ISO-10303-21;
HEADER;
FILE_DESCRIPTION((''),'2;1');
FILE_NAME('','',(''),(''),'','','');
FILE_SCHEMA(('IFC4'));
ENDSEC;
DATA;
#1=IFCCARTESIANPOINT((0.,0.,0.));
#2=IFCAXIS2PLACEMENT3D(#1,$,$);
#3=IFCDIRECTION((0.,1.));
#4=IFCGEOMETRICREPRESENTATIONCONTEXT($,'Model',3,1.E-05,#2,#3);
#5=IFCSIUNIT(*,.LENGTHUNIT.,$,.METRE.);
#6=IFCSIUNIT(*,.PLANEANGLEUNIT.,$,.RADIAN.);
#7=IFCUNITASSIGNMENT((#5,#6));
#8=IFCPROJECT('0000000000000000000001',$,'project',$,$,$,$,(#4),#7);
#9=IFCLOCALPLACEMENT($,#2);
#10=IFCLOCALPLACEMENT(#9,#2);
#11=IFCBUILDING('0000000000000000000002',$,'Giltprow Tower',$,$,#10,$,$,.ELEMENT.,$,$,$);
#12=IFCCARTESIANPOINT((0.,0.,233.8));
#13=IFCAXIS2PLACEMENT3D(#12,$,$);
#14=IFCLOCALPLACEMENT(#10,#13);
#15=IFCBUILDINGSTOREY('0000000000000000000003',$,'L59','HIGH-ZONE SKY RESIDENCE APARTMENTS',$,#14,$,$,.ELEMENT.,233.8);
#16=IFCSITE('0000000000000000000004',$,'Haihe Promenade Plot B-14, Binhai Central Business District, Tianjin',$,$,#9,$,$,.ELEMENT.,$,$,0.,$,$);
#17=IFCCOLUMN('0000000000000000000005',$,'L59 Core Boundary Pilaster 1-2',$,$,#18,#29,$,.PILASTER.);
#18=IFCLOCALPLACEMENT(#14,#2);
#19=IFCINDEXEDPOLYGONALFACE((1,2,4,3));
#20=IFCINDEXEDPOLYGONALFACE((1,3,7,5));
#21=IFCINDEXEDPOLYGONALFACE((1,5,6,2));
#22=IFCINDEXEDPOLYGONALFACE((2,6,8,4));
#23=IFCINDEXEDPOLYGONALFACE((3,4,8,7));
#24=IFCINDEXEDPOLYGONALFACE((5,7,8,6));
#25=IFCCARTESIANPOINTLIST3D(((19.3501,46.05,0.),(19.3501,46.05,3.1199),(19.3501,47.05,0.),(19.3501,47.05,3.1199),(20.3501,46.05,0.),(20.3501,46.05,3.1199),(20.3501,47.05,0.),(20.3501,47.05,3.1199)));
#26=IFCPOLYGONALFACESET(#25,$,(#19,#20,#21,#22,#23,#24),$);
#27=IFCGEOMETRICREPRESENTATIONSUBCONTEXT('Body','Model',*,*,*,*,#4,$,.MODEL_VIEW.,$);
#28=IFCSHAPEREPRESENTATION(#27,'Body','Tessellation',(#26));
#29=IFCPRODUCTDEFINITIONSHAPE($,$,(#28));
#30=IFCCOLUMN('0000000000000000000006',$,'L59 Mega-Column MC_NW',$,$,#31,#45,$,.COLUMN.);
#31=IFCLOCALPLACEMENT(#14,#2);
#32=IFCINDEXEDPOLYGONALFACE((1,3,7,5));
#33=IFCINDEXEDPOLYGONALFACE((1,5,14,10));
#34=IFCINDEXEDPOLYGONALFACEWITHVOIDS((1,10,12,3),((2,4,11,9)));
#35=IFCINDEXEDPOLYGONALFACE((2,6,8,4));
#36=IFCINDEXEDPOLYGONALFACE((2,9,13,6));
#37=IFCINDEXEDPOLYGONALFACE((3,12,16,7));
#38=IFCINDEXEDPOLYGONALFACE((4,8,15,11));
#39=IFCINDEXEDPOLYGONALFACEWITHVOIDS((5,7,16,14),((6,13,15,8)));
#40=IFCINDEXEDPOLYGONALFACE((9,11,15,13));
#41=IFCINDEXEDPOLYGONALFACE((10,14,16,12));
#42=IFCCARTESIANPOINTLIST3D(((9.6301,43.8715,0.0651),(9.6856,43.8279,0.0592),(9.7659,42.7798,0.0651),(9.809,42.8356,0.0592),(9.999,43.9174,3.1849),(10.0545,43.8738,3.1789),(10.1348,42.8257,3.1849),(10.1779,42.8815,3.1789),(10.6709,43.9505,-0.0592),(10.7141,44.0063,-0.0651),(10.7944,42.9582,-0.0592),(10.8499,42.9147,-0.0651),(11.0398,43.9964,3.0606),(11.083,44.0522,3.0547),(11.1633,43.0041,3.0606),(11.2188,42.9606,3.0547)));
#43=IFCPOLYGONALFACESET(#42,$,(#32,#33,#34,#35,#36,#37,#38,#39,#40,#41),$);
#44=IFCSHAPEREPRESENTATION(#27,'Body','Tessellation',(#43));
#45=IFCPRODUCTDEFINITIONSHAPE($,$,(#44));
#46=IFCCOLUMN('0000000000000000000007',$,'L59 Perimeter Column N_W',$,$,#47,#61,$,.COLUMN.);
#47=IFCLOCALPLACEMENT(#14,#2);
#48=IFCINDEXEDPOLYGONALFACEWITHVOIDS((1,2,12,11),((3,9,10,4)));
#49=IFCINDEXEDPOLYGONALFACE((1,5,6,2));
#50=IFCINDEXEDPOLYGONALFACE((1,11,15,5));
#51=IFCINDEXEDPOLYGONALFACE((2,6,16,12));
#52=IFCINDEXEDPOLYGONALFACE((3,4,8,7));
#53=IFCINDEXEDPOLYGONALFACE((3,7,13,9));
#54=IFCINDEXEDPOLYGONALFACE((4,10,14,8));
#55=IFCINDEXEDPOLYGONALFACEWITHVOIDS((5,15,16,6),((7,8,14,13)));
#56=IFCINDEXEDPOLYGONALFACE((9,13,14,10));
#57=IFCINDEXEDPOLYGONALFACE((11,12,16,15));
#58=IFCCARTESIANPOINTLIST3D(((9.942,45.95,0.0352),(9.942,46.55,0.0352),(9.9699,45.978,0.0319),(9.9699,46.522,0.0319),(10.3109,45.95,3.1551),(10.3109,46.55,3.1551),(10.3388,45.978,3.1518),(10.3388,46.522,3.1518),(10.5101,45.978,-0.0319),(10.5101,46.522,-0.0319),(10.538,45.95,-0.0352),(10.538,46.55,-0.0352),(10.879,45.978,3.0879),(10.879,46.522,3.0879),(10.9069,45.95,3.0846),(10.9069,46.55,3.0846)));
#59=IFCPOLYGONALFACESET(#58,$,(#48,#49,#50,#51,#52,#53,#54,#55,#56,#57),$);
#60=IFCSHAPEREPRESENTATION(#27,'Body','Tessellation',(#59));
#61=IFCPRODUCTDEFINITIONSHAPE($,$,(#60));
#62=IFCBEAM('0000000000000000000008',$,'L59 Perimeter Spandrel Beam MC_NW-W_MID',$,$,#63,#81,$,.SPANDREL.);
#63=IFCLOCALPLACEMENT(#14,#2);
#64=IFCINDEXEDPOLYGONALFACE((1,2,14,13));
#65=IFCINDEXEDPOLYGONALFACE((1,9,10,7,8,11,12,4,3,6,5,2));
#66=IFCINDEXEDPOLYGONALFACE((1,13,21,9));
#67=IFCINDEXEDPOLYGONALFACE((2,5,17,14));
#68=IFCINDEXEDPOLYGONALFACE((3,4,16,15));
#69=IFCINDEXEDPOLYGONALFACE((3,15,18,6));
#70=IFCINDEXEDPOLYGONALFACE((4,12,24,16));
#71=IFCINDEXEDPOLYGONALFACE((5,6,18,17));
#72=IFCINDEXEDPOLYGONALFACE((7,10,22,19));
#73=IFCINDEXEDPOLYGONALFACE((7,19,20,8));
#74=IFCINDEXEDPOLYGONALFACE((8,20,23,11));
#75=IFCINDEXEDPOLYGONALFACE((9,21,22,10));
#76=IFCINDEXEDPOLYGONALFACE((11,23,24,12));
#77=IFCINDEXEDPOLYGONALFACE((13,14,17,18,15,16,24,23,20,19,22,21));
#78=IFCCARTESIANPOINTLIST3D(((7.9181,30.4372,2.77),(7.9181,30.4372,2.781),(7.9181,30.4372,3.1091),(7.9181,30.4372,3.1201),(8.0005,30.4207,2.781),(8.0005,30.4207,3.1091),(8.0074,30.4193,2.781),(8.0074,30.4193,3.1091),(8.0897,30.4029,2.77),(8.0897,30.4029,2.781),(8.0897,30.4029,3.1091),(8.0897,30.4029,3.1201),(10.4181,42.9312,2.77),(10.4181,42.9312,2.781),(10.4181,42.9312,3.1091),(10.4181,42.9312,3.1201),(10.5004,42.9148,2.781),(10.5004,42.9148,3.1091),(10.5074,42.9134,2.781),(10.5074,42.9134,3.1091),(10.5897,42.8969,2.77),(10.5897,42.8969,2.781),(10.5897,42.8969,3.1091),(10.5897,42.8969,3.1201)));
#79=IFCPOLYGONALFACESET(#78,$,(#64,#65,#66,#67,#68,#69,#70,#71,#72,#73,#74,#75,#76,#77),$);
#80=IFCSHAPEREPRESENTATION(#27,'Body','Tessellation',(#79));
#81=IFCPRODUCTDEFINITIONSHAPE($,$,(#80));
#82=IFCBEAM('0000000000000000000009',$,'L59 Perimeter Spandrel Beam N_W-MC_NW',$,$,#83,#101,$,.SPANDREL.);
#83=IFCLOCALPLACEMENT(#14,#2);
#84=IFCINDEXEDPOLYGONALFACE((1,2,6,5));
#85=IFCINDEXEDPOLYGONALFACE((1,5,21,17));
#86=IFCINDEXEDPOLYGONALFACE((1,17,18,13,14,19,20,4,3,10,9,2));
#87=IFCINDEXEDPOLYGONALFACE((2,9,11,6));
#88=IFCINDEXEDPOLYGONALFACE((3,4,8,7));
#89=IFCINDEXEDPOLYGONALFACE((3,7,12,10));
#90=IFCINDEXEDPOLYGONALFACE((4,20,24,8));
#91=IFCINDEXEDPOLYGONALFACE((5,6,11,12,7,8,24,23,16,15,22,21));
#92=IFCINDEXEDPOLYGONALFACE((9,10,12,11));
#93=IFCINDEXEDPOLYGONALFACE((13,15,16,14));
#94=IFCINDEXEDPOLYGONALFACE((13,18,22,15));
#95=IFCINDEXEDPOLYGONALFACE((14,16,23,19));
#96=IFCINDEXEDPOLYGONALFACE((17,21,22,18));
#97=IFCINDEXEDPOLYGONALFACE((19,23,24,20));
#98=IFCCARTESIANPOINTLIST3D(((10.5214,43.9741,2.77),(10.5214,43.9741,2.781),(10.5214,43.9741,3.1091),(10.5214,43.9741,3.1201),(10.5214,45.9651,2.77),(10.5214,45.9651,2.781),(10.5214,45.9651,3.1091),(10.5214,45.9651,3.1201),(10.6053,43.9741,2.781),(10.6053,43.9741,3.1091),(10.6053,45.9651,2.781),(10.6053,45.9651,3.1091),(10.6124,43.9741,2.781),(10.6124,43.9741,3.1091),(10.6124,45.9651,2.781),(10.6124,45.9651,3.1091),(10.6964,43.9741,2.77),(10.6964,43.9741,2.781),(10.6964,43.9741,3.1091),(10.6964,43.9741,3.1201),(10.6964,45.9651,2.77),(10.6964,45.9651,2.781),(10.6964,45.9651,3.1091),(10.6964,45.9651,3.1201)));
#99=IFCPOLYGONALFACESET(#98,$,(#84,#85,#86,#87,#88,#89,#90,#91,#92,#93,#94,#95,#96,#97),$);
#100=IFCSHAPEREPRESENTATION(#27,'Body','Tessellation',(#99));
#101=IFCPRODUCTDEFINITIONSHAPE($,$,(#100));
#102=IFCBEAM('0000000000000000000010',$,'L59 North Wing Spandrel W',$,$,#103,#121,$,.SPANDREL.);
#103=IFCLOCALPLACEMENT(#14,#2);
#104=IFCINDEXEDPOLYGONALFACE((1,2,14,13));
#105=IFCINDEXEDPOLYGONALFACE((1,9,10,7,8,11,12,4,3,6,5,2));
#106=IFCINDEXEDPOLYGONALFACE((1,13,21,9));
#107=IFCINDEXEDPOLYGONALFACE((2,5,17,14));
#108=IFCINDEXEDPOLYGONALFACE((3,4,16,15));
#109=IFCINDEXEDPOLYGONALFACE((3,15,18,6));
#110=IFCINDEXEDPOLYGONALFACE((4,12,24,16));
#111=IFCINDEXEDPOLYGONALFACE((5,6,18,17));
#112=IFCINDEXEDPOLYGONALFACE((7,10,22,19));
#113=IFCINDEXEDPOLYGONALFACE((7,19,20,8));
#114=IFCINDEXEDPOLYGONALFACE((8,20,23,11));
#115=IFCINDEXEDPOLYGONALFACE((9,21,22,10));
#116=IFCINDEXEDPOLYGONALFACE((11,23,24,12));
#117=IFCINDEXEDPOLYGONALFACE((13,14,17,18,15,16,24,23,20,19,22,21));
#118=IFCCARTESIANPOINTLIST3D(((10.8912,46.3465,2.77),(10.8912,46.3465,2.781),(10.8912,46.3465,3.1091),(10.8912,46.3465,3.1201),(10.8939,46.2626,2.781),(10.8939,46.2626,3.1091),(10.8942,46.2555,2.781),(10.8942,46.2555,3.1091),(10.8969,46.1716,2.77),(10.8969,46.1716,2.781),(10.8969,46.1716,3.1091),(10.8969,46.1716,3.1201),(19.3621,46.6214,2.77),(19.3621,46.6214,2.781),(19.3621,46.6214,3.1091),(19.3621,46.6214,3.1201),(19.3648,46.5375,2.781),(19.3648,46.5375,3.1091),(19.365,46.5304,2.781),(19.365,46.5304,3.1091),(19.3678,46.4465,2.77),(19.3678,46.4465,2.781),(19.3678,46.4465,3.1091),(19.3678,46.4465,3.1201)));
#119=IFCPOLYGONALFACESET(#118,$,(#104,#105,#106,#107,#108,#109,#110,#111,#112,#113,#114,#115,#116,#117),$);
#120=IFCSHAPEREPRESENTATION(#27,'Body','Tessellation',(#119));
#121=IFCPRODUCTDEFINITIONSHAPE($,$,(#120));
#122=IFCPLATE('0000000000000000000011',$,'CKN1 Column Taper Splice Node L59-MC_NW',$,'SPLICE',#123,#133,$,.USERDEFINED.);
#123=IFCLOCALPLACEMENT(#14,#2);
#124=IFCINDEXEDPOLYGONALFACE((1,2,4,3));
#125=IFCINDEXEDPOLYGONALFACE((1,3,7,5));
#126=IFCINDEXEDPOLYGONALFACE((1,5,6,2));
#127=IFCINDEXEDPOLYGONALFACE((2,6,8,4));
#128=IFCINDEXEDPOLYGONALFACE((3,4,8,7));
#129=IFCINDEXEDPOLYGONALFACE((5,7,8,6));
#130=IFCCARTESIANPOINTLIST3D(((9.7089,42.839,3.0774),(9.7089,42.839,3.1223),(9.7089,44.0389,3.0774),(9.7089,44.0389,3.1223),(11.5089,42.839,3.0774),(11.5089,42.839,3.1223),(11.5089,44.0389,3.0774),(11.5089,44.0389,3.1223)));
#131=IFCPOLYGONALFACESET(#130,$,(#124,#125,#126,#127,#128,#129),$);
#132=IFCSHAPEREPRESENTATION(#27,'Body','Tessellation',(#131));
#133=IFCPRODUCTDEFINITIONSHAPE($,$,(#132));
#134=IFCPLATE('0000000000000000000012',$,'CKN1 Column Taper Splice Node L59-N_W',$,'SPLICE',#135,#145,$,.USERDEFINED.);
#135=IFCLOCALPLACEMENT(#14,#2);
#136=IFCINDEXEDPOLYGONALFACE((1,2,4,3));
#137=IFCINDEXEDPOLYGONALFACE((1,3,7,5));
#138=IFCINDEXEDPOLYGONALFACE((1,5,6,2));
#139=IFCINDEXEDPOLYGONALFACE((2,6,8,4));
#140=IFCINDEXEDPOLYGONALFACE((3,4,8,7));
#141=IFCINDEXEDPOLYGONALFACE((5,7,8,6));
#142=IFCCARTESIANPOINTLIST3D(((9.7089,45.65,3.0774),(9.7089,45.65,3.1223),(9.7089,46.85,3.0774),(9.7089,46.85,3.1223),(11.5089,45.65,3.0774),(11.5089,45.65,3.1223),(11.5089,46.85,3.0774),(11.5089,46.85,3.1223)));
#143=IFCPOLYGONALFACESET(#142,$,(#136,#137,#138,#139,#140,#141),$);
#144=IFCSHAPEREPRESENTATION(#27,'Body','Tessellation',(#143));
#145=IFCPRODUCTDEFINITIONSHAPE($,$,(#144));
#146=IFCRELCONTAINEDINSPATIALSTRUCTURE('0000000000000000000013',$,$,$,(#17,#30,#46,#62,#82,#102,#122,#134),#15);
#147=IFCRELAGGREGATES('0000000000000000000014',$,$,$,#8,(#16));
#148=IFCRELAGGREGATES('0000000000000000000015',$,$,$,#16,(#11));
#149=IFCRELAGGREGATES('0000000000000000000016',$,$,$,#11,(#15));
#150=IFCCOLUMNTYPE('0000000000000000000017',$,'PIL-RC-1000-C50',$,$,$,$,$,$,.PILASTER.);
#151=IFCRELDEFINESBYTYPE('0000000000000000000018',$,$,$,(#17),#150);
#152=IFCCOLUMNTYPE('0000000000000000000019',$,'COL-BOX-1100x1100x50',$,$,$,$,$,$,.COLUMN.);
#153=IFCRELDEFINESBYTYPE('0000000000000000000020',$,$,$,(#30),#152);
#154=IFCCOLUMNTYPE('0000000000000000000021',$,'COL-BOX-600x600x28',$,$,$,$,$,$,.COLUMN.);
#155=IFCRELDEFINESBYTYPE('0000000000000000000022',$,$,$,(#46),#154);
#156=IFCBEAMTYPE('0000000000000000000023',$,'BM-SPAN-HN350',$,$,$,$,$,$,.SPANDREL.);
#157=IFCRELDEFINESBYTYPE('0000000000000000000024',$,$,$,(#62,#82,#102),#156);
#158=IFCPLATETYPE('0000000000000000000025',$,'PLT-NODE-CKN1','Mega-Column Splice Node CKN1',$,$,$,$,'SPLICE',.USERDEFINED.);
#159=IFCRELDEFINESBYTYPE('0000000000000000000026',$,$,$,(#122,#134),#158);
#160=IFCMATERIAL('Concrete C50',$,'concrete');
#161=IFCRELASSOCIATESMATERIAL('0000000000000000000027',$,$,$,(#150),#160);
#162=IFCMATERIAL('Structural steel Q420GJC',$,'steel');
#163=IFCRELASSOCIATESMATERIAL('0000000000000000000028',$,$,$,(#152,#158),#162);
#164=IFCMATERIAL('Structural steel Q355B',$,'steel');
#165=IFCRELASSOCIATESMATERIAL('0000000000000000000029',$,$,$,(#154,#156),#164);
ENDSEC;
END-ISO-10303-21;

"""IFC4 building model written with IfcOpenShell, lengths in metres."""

from ifc_helpers import new_model, si_unit, direction, frame, origin, origin_2d, place, context, subcontext, project, spatial, rectangle, hollow_rectangle, i_section, extrude, source, transform, mapped, material, material_profile, profile_set, type_object, element, save


model = new_model("IFC4")

# Units and contexts
model_context = context("Model", 3, precision=1e-05, world=origin(), true_north=direction((0.0, 1.0)))
body_context = subcontext(model_context, "Body", "Model", "MODEL_VIEW")
ifc_project = project(units=[si_unit("LENGTHUNIT", "METRE"), si_unit("PLANEANGLEUNIT", "RADIAN")], contexts=[model_context])

# Site, building, storey
site_placement = place(None, origin())
site = spatial("IfcSite", under=ifc_project, at=site_placement, Name="Haihe Promenade Plot B-14, Binhai Central Business District, Tianjin", CompositionType="ELEMENT", RefElevation=0.0)
building_placement = place(site_placement, origin())
building = spatial("IfcBuilding", under=site, at=building_placement, Name="Giltprow Tower", CompositionType="ELEMENT")
storey_placement = place(building_placement, frame((0.0, 0.0, 233.8)))
storey = spatial("IfcBuildingStorey", under=building, at=storey_placement, Name="L59", Description="HIGH-ZONE SKY RESIDENCE APARTMENTS", CompositionType="ELEMENT", Elevation=233.8)

# Columns
ifc_material_1 = material(Name="Concrete C50", Category="concrete")
ifc_material_profile_1 = material_profile(ifc_material_1, rectangle(XDim=1.0, YDim=1.0, at=origin_2d()), Name="RC 1000x1000")
ifc_profile_set_1 = profile_set([ifc_material_profile_1], Name="Concrete C50")
column_type_1 = type_object("IfcColumnType", Name="PIL-RC-1000-C50", PredefinedType="PILASTER", material=ifc_profile_set_1)
shared_shape_1 = source(origin(), body_context, "Body", "SweptSolid", [
    extrude(rectangle(XDim=1.0, YDim=1.0, at=origin_2d()), origin(), (0.0, 0.0, 1.0), 3.1199),
])
column_1_placement = place(storey_placement, frame((19.8501, 46.55, 0.0), z_axis=(0.0, 0.0, 1.0), x_axis=(1.0, 0.0, 0.0)))
element("IfcColumn", 1, at=column_1_placement, inside=storey, type_object=column_type_1, Name="L59 Core Boundary Pilaster 1-2", PredefinedType="PILASTER", context=body_context, shape_type="MappedRepresentation", body=[
    mapped(shared_shape_1, transform((0.0, 0.0, 0.0), x_axis=(1.0, 0.0, 0.0), y_axis=(0.0, 1.0, 0.0), z_axis=(0.0, 0.0, 1.0), scale=1.0)),
])
ifc_material_2 = material(Name="Structural steel Q420GJC", Category="steel")
ifc_material_profile_2 = material_profile(ifc_material_2, hollow_rectangle(XDim=1.1001, YDim=1.1001, WallThickness=0.05, at=origin_2d()), Name="BOX 1100x1100x50")
ifc_profile_set_2 = profile_set([ifc_material_profile_2], Name="Structural steel Q420GJC")
column_type_2 = type_object("IfcColumnType", Name="COL-BOX-1100x1100x50", PredefinedType="COLUMN", material=ifc_profile_set_2)
shared_shape_2 = source(origin(), body_context, "Body", "SweptSolid", [
    extrude(hollow_rectangle(XDim=1.1001, YDim=1.1001, WallThickness=0.05, at=origin_2d()), origin(), (0.0, 0.0, 1.0), 3.1418),
])
column_2_placement = place(storey_placement, frame((10.24, 43.3931, 0.0), z_axis=(0.11741, 0.014608, 0.992976), x_axis=(-0.123469, 0.992348, 0.0)))
element("IfcColumn", 2, at=column_2_placement, inside=storey, type_object=column_type_2, Name="L59 Mega-Column MC_NW", PredefinedType="COLUMN", context=body_context, shape_type="MappedRepresentation", body=[
    mapped(shared_shape_2, transform((0.0, 0.0, 0.0), x_axis=(1.0, 0.0, 0.0), y_axis=(0.0, 1.0, 0.0), z_axis=(0.0, 0.0, 1.0), scale=1.0)),
])
ifc_material_3 = material(Name="Structural steel Q355B", Category="steel")
ifc_material_profile_3 = material_profile(ifc_material_3, hollow_rectangle(XDim=0.6001, YDim=0.6001, WallThickness=0.0281, at=origin_2d()), Name="BOX 600x600x28")
ifc_profile_set_3 = profile_set([ifc_material_profile_3], Name="Structural steel Q355B")
column_type_3 = type_object("IfcColumnType", Name="COL-BOX-600x600x28", PredefinedType="COLUMN", material=ifc_profile_set_3)
shared_shape_3 = source(origin(), body_context, "Body", "SweptSolid", [
    extrude(hollow_rectangle(XDim=0.6001, YDim=0.6001, WallThickness=0.0281, at=origin_2d()), origin(), (0.0, 0.0, 1.0), 3.1416),
])
column_3_placement = place(storey_placement, frame((10.24, 46.25, 0.0), z_axis=(0.117423, 0.0, 0.993082), x_axis=(0.0, 1.0, 0.0)))
element("IfcColumn", 3, at=column_3_placement, inside=storey, type_object=column_type_3, Name="L59 Perimeter Column N_W", PredefinedType="COLUMN", context=body_context, shape_type="MappedRepresentation", body=[
    mapped(shared_shape_3, transform((0.0, 0.0, 0.0), x_axis=(1.0, 0.0, 0.0), y_axis=(0.0, 1.0, 0.0), z_axis=(0.0, 0.0, 1.0), scale=1.0)),
])

# Beams
ifc_material_profile_4 = material_profile(ifc_material_3, i_section(OverallWidth=0.175, OverallDepth=0.3501, WebThickness=0.0071, FlangeThickness=0.011, at=origin_2d()), Name="HN 350x175x7x11")
ifc_profile_set_4 = profile_set([ifc_material_profile_4], Name="Structural steel Q355B")
beam_type = type_object("IfcBeamType", Name="BM-SPAN-HN350", PredefinedType="SPANDREL", material=ifc_profile_set_4)
shared_shape_4 = source(origin(), body_context, "Body", "SweptSolid", [
    extrude(i_section(OverallWidth=0.175, OverallDepth=0.3501, WebThickness=0.0071, FlangeThickness=0.011, at=origin_2d()), origin(), (0.0, 0.0, 1.0), 12.7417),
])
beam_1_placement = place(storey_placement, frame((10.5039, 42.9141, 2.9451), z_axis=(-0.196205, -0.980563, 0.0), x_axis=(0.980563, -0.196205, 0.0)))
element("IfcBeam", 4, at=beam_1_placement, inside=storey, type_object=beam_type, Name="L59 Perimeter Spandrel Beam MC_NW-W_MID", PredefinedType="SPANDREL", context=body_context, shape_type="MappedRepresentation", body=[
    mapped(shared_shape_4, transform((0.0, 0.0, 0.0), x_axis=(1.0, 0.0, 0.0), y_axis=(0.0, 1.0, 0.0), z_axis=(0.0, 0.0, 1.0), scale=1.0)),
])
shared_shape_5 = source(origin(), body_context, "Body", "SweptSolid", [
    extrude(i_section(OverallWidth=0.175, OverallDepth=0.3501, WebThickness=0.0071, FlangeThickness=0.011, at=origin_2d()), origin(), (0.0, 0.0, 1.0), 1.991),
])
beam_2_placement = place(storey_placement, frame((10.6089, 45.9651, 2.9451), z_axis=(0.0, -1.0, 0.0), x_axis=(1.0, 0.0, 0.0)))
element("IfcBeam", 5, at=beam_2_placement, inside=storey, type_object=beam_type, Name="L59 Perimeter Spandrel Beam N_W-MC_NW", PredefinedType="SPANDREL", context=body_context, shape_type="MappedRepresentation", body=[
    mapped(shared_shape_5, transform((0.0, 0.0, 0.0), x_axis=(1.0, 0.0, 0.0), y_axis=(0.0, 1.0, 0.0), z_axis=(0.0, 0.0, 1.0), scale=1.0)),
])
shared_shape_6 = source(origin(), body_context, "Body", "SweptSolid", [
    extrude(i_section(OverallWidth=0.175, OverallDepth=0.3501, WebThickness=0.0071, FlangeThickness=0.011, at=origin_2d()), origin(), (0.0, 0.0, 1.0), 8.4753),
])
beam_3_placement = place(storey_placement, frame((10.894, 46.259, 2.9451), z_axis=(0.999474, 0.032435, 0.0), x_axis=(-0.032435, 0.999474, 0.0)))
element("IfcBeam", 6, at=beam_3_placement, inside=storey, type_object=beam_type, Name="L59 North Wing Spandrel W", PredefinedType="SPANDREL", context=body_context, shape_type="MappedRepresentation", body=[
    mapped(shared_shape_6, transform((0.0, 0.0, 0.0), x_axis=(1.0, 0.0, 0.0), y_axis=(0.0, 1.0, 0.0), z_axis=(0.0, 0.0, 1.0), scale=1.0)),
])

# Plates
plate_type = type_object("IfcPlateType", Name="PLT-NODE-CKN1", Description="Mega-Column Splice Node CKN1", ElementType="SPLICE", PredefinedType="USERDEFINED", material=ifc_material_2)
shared_shape_7 = source(origin(), body_context, "Body", "SweptSolid", [
    extrude(rectangle(XDim=1.8, YDim=1.2, at=origin_2d()), origin(), (0.0, 0.0, 1.0), 0.0449),
])
for number, where, z_axis, x_axis, name in (
    (7, (10.6089, 43.439, 3.0774), (0.0, 0.0, 1.0), (1.0, 0.0, 0.0), "CKN1 Column Taper Splice Node L59-MC_NW"),
    (8, (10.6089, 46.25, 3.0774), (0.0, 0.0, 1.0), (1.0, 0.0, 0.0), "CKN1 Column Taper Splice Node L59-N_W"),
):
    element("IfcPlate", number, at=place(storey_placement, frame(where, z_axis=z_axis, x_axis=x_axis)), inside=storey, type_object=plate_type, Name=name, ObjectType="SPLICE", PredefinedType="USERDEFINED", context=body_context, shape_type="MappedRepresentation", body=[
        mapped(shared_shape_7, transform((0.0, 0.0, 0.0), x_axis=(1.0, 0.0, 0.0), y_axis=(0.0, 1.0, 0.0), z_axis=(0.0, 0.0, 1.0), scale=1.0)),
    ])

save(model, "model.ifc")
